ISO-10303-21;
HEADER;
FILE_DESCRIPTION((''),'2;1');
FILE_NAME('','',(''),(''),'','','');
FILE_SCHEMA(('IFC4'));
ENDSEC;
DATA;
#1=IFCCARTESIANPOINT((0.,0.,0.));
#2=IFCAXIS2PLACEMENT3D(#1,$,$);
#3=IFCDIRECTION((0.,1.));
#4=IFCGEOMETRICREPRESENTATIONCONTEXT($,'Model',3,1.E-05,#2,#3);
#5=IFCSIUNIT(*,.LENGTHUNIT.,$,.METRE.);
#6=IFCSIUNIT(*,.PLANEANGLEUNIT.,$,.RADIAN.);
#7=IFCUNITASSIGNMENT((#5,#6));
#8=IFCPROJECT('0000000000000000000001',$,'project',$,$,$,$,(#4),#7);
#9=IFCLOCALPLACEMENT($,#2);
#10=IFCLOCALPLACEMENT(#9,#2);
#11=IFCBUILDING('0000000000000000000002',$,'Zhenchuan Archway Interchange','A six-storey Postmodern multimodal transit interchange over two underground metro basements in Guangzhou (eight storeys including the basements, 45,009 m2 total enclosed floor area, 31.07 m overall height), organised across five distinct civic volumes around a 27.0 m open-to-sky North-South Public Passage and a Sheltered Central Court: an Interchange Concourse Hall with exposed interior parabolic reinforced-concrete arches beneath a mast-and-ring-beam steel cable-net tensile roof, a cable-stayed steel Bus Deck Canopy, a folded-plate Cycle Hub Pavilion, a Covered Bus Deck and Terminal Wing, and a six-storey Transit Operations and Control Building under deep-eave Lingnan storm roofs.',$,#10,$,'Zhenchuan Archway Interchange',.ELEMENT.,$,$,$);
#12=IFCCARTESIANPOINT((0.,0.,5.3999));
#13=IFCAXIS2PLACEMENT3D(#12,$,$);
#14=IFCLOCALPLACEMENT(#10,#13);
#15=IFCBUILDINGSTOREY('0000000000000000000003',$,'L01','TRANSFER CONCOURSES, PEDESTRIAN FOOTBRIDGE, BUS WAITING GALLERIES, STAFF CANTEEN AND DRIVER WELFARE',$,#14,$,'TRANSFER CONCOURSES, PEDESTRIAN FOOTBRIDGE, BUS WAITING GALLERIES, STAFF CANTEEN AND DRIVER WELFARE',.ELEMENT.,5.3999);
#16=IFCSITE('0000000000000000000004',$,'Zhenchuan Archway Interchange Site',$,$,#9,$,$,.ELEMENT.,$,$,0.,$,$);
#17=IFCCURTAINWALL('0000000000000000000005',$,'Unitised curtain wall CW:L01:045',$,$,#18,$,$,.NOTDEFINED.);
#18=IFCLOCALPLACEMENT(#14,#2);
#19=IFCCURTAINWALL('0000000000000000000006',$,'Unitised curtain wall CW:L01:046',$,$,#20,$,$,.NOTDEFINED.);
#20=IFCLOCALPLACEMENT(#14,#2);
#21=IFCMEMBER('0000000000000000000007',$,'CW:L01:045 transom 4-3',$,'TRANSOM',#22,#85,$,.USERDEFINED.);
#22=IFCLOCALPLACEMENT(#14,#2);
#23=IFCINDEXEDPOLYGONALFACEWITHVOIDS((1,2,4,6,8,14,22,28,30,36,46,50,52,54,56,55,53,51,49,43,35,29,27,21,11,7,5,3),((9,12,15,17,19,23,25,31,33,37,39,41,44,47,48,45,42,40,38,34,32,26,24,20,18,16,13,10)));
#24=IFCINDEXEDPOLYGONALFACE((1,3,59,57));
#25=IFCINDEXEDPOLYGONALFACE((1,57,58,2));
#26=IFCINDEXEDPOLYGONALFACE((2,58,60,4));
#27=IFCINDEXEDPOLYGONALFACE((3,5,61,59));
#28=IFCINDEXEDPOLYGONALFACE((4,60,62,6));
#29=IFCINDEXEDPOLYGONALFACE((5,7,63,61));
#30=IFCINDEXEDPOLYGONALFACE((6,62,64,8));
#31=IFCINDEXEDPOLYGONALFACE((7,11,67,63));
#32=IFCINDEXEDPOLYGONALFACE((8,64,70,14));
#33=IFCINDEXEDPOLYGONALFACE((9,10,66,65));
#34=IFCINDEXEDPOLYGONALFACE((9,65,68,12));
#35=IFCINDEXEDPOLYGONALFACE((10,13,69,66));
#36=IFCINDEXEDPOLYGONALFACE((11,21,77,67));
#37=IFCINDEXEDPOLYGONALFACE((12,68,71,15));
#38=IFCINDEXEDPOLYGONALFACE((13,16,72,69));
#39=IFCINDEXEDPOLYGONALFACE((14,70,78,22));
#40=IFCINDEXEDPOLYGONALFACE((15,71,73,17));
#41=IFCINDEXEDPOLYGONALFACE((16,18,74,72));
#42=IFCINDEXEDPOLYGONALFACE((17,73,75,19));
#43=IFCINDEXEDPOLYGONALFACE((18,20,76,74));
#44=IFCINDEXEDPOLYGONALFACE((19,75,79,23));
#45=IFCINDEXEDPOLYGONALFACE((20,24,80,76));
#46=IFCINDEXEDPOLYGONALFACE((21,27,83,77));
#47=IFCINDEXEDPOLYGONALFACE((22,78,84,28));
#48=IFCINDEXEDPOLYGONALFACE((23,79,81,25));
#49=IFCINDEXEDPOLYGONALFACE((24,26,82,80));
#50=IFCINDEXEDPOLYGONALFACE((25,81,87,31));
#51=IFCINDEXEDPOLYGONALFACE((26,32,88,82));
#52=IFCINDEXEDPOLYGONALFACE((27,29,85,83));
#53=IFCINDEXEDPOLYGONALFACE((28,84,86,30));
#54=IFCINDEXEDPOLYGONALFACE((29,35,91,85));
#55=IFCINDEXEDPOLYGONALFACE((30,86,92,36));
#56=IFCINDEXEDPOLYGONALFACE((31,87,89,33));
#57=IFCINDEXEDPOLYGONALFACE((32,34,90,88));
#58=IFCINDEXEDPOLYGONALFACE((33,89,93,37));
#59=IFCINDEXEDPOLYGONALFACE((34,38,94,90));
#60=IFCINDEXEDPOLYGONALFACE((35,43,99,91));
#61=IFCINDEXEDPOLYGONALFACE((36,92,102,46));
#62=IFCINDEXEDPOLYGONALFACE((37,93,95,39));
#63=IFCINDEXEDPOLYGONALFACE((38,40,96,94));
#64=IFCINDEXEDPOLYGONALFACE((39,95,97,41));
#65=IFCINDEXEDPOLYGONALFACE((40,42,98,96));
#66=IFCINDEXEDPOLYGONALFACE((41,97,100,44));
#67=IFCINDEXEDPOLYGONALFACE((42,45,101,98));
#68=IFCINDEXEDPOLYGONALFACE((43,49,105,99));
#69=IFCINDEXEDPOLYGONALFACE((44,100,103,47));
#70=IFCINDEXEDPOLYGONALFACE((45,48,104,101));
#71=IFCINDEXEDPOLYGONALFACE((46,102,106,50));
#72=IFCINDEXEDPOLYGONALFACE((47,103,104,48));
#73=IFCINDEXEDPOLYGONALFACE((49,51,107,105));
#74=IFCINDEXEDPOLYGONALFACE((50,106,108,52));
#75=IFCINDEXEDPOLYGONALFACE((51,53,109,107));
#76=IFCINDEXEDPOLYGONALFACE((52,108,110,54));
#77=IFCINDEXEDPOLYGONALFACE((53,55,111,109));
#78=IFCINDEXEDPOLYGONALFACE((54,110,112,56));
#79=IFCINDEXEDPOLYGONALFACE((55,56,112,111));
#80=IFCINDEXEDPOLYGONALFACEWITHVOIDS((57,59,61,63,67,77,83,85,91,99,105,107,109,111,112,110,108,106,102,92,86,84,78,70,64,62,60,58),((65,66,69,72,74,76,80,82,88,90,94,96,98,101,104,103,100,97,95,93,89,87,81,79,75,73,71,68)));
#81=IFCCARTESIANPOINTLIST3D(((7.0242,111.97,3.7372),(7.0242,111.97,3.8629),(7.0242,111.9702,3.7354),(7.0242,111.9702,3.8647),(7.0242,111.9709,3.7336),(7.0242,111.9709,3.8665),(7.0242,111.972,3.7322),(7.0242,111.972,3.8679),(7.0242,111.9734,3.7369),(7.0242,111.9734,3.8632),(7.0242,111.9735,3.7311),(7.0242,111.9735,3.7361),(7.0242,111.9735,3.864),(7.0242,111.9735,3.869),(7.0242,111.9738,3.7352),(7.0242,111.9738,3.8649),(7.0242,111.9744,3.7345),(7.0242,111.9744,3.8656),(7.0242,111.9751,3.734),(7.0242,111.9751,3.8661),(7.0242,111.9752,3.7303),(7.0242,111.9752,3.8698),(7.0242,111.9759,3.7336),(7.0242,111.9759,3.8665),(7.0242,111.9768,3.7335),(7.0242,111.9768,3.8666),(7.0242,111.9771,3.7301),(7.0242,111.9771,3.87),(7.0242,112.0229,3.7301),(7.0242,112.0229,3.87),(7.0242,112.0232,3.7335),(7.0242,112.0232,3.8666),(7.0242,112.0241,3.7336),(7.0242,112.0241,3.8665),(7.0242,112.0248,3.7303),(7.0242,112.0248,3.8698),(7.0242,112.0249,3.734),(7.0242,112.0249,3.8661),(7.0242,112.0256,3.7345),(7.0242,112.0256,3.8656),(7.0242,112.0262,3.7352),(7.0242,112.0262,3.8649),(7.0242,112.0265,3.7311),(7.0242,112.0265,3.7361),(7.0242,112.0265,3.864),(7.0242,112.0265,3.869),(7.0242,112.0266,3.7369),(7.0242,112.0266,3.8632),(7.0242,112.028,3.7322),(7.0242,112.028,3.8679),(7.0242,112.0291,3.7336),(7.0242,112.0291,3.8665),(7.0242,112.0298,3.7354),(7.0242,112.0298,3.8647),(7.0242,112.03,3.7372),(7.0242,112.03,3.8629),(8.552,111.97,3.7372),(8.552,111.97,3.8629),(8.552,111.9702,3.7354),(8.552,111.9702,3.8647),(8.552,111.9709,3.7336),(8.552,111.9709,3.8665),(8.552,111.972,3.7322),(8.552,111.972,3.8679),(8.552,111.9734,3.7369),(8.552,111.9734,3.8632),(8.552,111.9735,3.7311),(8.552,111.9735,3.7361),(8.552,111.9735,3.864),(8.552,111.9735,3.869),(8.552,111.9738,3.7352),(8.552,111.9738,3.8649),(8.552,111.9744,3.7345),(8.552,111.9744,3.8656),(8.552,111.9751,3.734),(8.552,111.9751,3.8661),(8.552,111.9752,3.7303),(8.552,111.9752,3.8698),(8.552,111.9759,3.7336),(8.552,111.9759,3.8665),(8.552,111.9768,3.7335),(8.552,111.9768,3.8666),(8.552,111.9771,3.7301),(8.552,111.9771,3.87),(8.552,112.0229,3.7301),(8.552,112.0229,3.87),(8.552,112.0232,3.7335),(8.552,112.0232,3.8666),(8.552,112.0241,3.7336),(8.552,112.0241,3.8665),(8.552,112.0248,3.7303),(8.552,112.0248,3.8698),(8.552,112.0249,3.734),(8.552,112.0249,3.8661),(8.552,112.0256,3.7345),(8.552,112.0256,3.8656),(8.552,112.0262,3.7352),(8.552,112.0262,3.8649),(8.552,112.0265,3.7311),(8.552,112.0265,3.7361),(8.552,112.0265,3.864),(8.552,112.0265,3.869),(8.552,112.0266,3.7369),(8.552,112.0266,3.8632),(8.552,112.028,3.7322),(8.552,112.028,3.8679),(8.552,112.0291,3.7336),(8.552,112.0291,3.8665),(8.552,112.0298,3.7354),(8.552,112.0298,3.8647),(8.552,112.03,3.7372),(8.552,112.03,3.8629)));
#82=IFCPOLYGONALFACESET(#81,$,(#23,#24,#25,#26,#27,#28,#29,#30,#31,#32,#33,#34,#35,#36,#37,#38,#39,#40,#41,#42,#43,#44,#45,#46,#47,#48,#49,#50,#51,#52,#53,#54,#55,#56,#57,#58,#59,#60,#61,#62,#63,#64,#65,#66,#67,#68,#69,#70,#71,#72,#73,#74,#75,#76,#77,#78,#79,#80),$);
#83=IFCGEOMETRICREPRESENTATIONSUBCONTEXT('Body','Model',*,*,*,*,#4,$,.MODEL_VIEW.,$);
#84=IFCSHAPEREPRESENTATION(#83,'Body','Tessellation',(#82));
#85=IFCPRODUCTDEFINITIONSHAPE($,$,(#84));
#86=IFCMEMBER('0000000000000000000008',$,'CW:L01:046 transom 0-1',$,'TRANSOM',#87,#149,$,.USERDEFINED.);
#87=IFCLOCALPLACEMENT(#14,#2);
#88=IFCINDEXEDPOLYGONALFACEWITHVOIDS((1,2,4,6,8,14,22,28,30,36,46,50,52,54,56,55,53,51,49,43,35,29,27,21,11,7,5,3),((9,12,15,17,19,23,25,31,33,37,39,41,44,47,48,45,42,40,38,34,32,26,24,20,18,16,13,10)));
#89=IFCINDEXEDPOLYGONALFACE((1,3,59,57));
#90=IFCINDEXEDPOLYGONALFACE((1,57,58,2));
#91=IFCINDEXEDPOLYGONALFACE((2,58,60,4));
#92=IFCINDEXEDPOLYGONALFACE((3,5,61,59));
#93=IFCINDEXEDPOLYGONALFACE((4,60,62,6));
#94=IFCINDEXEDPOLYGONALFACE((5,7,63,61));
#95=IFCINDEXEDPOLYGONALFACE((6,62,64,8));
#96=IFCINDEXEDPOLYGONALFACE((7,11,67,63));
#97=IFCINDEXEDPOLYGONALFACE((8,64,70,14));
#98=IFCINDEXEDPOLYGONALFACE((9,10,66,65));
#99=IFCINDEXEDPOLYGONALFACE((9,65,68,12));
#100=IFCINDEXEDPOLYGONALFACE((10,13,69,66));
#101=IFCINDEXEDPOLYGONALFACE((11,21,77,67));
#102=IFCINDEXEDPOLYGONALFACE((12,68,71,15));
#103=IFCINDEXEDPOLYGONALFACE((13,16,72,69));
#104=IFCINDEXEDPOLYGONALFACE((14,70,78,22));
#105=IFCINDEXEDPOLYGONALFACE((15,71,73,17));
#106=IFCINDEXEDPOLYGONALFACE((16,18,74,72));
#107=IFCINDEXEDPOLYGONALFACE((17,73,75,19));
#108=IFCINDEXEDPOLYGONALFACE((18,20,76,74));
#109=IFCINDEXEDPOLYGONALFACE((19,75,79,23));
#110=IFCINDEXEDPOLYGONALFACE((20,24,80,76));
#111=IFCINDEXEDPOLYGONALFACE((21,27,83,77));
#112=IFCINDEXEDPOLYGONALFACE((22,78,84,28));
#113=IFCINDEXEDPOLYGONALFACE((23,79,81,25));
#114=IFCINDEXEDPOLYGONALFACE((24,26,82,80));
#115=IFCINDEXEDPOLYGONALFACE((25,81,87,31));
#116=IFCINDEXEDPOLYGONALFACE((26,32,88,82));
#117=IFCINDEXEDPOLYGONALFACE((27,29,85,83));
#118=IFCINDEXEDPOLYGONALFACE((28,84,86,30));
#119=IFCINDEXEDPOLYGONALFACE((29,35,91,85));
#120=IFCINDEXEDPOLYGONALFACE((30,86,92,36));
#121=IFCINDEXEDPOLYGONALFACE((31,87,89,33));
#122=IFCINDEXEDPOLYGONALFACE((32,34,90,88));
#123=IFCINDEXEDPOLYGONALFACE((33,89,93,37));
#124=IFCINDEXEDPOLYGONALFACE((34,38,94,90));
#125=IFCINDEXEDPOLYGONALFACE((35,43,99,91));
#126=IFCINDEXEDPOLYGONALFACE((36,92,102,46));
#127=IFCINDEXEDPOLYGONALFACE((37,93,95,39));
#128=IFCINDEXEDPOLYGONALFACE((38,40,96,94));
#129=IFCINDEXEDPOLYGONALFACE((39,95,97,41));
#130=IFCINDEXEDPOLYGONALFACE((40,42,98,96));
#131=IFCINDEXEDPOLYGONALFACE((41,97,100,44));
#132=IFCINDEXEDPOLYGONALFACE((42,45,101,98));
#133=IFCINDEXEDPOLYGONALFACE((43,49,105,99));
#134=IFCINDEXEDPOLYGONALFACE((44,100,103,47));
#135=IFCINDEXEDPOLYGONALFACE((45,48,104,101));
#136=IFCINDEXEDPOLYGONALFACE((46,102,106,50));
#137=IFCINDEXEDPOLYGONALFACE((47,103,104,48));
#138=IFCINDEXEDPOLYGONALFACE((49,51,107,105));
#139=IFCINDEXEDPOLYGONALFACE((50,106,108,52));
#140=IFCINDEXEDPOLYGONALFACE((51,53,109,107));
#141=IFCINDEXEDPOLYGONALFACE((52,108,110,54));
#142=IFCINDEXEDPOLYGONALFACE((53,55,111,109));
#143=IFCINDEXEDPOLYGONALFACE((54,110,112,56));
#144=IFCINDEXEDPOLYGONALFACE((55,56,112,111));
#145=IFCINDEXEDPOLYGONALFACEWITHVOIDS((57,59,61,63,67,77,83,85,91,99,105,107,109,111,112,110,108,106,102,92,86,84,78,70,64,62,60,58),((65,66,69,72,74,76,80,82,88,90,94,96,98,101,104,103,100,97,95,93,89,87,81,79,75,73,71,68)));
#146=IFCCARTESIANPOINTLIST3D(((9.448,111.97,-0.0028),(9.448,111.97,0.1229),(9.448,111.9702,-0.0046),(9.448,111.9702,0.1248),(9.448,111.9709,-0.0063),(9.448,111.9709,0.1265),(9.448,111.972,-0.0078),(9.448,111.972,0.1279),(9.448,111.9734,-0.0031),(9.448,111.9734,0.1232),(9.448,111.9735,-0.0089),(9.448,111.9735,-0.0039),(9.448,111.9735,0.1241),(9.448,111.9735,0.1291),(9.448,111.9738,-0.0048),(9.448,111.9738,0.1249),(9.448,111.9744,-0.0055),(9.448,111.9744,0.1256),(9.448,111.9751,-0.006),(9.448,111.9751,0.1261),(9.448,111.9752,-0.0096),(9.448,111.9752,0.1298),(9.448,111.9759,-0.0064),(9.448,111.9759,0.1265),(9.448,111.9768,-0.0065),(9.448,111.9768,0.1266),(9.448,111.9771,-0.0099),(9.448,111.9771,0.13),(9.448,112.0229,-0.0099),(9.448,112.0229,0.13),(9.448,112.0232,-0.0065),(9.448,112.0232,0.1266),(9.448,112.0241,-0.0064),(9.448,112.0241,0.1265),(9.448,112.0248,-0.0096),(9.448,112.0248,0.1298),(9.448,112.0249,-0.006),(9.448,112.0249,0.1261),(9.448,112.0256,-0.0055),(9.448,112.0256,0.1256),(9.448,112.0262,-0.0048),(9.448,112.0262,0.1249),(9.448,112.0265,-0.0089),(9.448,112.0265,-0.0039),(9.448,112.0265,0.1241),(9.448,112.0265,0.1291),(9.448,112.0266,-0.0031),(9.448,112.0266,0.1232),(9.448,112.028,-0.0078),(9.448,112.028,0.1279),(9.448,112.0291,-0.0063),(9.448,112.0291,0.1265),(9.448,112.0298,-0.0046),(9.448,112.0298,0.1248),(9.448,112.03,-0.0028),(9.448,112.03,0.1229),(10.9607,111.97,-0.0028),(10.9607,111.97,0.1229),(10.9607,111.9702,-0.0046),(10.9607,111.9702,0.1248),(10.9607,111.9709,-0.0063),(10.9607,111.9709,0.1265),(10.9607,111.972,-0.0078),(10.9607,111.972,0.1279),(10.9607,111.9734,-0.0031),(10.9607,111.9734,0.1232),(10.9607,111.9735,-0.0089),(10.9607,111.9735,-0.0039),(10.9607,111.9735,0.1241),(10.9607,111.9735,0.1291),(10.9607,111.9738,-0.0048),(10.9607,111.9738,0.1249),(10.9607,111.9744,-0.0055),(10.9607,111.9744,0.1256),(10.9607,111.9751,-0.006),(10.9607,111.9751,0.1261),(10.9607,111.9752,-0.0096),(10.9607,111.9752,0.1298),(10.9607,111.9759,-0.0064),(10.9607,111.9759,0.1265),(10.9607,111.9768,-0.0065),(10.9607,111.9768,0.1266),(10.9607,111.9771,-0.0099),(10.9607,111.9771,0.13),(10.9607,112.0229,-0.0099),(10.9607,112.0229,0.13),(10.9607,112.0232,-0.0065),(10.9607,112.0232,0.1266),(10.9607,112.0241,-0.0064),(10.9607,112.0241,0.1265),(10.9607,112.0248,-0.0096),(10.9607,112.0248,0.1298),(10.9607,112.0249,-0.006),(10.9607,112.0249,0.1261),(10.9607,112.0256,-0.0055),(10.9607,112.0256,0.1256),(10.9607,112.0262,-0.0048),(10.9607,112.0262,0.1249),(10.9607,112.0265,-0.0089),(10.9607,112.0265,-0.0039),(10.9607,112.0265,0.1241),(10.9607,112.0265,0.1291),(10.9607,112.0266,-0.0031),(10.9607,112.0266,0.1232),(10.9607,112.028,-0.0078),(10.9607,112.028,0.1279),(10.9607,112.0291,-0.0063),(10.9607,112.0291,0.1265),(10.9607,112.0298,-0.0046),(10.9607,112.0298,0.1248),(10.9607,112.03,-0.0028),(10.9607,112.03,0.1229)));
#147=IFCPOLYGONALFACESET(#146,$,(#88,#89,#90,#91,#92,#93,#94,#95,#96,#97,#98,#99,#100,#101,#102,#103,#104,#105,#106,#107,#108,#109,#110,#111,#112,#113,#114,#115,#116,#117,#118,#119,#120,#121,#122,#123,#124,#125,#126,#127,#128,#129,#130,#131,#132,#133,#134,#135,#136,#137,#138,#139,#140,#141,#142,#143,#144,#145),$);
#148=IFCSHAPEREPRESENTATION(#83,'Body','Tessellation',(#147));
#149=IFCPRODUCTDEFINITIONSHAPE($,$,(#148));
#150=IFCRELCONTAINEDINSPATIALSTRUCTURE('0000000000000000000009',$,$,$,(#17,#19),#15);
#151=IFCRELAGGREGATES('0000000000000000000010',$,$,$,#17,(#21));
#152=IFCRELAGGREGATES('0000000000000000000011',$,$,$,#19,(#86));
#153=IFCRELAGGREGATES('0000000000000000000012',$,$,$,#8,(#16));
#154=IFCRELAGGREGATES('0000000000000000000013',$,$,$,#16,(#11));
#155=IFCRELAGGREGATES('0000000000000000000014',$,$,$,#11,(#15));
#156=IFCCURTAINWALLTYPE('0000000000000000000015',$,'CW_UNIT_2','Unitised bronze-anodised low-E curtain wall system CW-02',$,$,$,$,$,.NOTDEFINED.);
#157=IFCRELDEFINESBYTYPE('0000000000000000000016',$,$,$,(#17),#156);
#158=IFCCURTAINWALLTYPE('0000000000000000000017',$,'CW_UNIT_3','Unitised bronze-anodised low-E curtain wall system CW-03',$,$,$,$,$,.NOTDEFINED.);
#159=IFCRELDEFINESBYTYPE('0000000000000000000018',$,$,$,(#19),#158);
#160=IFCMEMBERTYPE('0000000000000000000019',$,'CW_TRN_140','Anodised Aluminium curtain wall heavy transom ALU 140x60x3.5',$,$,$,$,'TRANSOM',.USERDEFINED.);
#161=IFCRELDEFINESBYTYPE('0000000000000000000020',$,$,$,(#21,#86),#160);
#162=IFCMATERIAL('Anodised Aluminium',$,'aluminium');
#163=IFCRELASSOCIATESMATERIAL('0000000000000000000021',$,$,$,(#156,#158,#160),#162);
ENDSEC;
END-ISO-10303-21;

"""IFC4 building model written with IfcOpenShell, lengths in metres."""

from ifc_helpers import new_model, si_unit, direction, frame, origin, origin_2d, place, context, subcontext, project, spatial, hollow_rectangle, extrude, material, material_profile, profile_set, type_object, element, aggregate, save


model = new_model("IFC4")

# Units and contexts
model_context = context("Model", 3, precision=1e-05, world=origin(), true_north=direction((0.0, 1.0)))
body_context = subcontext(model_context, "Body", "Model", "MODEL_VIEW")
ifc_project = project(units=[si_unit("LENGTHUNIT", "METRE"), si_unit("PLANEANGLEUNIT", "RADIAN")], contexts=[model_context])

# Site, building, storey
site_placement = place(None, origin())
site = spatial("IfcSite", under=ifc_project, at=site_placement, Name="Zhenchuan Archway Interchange Site", CompositionType="ELEMENT", RefElevation=0.0)
building_placement = place(site_placement, origin())
building = spatial("IfcBuilding", under=site, at=building_placement, Name="Zhenchuan Archway Interchange", Description="A six-storey Postmodern multimodal transit interchange over two underground metro basements in Guangzhou (eight storeys including the basements, 45,009 m2 total enclosed floor area, 31.07 m overall height), organised across five distinct civic volumes around a 27.0 m open-to-sky North-South Public Passage and a Sheltered Central Court: an Interchange Concourse Hall with exposed interior parabolic reinforced-concrete arches beneath a mast-and-ring-beam steel cable-net tensile roof, a cable-stayed steel Bus Deck Canopy, a folded-plate Cycle Hub Pavilion, a Covered Bus Deck and Terminal Wing, and a six-storey Transit Operations and Control Building under deep-eave Lingnan storm roofs.", LongName="Zhenchuan Archway Interchange", CompositionType="ELEMENT")
storey_placement = place(building_placement, frame((0.0, 0.0, 5.3999)))
storey = spatial("IfcBuildingStorey", under=building, at=storey_placement, Name="L01", Description="TRANSFER CONCOURSES, PEDESTRIAN FOOTBRIDGE, BUS WAITING GALLERIES, STAFF CANTEEN AND DRIVER WELFARE", LongName="TRANSFER CONCOURSES, PEDESTRIAN FOOTBRIDGE, BUS WAITING GALLERIES, STAFF CANTEEN AND DRIVER WELFARE", CompositionType="ELEMENT", Elevation=5.3999)

# Curtain wall
ifc_material_1 = material(Name="Anodised Aluminium", Category="aluminium")
curtain_wall_type_1 = type_object("IfcCurtainWallType", Name="CW_UNIT_2", Description="Unitised bronze-anodised low-E curtain wall system CW-02", PredefinedType="NOTDEFINED", material=ifc_material_1)
curtain_wall_1_placement = place(storey_placement, origin())
curtain_wall_1 = element("IfcCurtainWall", 1, at=curtain_wall_1_placement, inside=storey, type_object=curtain_wall_type_1, Name="Unitised curtain wall CW:L01:045", PredefinedType="NOTDEFINED")

# Curtain wall
curtain_wall_type_2 = type_object("IfcCurtainWallType", Name="CW_UNIT_3", Description="Unitised bronze-anodised low-E curtain wall system CW-03", PredefinedType="NOTDEFINED", material=ifc_material_1)
curtain_wall_2_placement = place(storey_placement, origin())
curtain_wall_2 = element("IfcCurtainWall", 2, at=curtain_wall_2_placement, inside=storey, type_object=curtain_wall_type_2, Name="Unitised curtain wall CW:L01:046", PredefinedType="NOTDEFINED")

# Members
ifc_material_profile_1 = material_profile(ifc_material_1, hollow_rectangle(XDim=0.0601, YDim=0.1399, WallThickness=0.0034, InnerFilletRadius=0.0034, OuterFilletRadius=0.0071, at=origin_2d()), Name="ALU 140x60x3.5")
ifc_profile_set_1 = profile_set([ifc_material_profile_1], Name="Anodised Aluminium")
member_type_1 = type_object("IfcMemberType", Name="CW_TRN_140", Description="Anodised Aluminium curtain wall heavy transom ALU 140x60x3.5", ElementType="TRANSOM", PredefinedType="USERDEFINED", material=ifc_profile_set_1)
member_1_placement = place(storey_placement, frame((7.0242, 112.0, 3.8), z_axis=(1.0, 0.0, 0.0), x_axis=(0.0, 1.0, 0.0)))
member_1 = element("IfcMember", 3, at=member_1_placement, type_object=member_type_1, Name="CW:L01:045 transom 4-3", ObjectType="TRANSOM", PredefinedType="USERDEFINED", context=body_context, shape_type="SweptSolid", body=[
    extrude(hollow_rectangle(XDim=0.0601, YDim=0.1399, WallThickness=0.0034, InnerFilletRadius=0.0034, OuterFilletRadius=0.0071, at=origin_2d()), origin(), (0.0, 0.0, 1.0), 1.5278),
])
member_2_placement = place(storey_placement, frame((9.448, 112.0, 0.0601), z_axis=(1.0, 0.0, 0.0), x_axis=(0.0, 1.0, 0.0)))
member_2 = element("IfcMember", 4, at=member_2_placement, type_object=member_type_1, Name="CW:L01:046 transom 0-1", ObjectType="TRANSOM", PredefinedType="USERDEFINED", context=body_context, shape_type="SweptSolid", body=[
    extrude(hollow_rectangle(XDim=0.0601, YDim=0.1399, WallThickness=0.0034, InnerFilletRadius=0.0034, OuterFilletRadius=0.0071, at=origin_2d()), origin(), (0.0, 0.0, 1.0), 1.5127),
])

aggregate(curtain_wall_1, [member_1])
aggregate(curtain_wall_2, [member_2])

save(model, "model.ifc")
